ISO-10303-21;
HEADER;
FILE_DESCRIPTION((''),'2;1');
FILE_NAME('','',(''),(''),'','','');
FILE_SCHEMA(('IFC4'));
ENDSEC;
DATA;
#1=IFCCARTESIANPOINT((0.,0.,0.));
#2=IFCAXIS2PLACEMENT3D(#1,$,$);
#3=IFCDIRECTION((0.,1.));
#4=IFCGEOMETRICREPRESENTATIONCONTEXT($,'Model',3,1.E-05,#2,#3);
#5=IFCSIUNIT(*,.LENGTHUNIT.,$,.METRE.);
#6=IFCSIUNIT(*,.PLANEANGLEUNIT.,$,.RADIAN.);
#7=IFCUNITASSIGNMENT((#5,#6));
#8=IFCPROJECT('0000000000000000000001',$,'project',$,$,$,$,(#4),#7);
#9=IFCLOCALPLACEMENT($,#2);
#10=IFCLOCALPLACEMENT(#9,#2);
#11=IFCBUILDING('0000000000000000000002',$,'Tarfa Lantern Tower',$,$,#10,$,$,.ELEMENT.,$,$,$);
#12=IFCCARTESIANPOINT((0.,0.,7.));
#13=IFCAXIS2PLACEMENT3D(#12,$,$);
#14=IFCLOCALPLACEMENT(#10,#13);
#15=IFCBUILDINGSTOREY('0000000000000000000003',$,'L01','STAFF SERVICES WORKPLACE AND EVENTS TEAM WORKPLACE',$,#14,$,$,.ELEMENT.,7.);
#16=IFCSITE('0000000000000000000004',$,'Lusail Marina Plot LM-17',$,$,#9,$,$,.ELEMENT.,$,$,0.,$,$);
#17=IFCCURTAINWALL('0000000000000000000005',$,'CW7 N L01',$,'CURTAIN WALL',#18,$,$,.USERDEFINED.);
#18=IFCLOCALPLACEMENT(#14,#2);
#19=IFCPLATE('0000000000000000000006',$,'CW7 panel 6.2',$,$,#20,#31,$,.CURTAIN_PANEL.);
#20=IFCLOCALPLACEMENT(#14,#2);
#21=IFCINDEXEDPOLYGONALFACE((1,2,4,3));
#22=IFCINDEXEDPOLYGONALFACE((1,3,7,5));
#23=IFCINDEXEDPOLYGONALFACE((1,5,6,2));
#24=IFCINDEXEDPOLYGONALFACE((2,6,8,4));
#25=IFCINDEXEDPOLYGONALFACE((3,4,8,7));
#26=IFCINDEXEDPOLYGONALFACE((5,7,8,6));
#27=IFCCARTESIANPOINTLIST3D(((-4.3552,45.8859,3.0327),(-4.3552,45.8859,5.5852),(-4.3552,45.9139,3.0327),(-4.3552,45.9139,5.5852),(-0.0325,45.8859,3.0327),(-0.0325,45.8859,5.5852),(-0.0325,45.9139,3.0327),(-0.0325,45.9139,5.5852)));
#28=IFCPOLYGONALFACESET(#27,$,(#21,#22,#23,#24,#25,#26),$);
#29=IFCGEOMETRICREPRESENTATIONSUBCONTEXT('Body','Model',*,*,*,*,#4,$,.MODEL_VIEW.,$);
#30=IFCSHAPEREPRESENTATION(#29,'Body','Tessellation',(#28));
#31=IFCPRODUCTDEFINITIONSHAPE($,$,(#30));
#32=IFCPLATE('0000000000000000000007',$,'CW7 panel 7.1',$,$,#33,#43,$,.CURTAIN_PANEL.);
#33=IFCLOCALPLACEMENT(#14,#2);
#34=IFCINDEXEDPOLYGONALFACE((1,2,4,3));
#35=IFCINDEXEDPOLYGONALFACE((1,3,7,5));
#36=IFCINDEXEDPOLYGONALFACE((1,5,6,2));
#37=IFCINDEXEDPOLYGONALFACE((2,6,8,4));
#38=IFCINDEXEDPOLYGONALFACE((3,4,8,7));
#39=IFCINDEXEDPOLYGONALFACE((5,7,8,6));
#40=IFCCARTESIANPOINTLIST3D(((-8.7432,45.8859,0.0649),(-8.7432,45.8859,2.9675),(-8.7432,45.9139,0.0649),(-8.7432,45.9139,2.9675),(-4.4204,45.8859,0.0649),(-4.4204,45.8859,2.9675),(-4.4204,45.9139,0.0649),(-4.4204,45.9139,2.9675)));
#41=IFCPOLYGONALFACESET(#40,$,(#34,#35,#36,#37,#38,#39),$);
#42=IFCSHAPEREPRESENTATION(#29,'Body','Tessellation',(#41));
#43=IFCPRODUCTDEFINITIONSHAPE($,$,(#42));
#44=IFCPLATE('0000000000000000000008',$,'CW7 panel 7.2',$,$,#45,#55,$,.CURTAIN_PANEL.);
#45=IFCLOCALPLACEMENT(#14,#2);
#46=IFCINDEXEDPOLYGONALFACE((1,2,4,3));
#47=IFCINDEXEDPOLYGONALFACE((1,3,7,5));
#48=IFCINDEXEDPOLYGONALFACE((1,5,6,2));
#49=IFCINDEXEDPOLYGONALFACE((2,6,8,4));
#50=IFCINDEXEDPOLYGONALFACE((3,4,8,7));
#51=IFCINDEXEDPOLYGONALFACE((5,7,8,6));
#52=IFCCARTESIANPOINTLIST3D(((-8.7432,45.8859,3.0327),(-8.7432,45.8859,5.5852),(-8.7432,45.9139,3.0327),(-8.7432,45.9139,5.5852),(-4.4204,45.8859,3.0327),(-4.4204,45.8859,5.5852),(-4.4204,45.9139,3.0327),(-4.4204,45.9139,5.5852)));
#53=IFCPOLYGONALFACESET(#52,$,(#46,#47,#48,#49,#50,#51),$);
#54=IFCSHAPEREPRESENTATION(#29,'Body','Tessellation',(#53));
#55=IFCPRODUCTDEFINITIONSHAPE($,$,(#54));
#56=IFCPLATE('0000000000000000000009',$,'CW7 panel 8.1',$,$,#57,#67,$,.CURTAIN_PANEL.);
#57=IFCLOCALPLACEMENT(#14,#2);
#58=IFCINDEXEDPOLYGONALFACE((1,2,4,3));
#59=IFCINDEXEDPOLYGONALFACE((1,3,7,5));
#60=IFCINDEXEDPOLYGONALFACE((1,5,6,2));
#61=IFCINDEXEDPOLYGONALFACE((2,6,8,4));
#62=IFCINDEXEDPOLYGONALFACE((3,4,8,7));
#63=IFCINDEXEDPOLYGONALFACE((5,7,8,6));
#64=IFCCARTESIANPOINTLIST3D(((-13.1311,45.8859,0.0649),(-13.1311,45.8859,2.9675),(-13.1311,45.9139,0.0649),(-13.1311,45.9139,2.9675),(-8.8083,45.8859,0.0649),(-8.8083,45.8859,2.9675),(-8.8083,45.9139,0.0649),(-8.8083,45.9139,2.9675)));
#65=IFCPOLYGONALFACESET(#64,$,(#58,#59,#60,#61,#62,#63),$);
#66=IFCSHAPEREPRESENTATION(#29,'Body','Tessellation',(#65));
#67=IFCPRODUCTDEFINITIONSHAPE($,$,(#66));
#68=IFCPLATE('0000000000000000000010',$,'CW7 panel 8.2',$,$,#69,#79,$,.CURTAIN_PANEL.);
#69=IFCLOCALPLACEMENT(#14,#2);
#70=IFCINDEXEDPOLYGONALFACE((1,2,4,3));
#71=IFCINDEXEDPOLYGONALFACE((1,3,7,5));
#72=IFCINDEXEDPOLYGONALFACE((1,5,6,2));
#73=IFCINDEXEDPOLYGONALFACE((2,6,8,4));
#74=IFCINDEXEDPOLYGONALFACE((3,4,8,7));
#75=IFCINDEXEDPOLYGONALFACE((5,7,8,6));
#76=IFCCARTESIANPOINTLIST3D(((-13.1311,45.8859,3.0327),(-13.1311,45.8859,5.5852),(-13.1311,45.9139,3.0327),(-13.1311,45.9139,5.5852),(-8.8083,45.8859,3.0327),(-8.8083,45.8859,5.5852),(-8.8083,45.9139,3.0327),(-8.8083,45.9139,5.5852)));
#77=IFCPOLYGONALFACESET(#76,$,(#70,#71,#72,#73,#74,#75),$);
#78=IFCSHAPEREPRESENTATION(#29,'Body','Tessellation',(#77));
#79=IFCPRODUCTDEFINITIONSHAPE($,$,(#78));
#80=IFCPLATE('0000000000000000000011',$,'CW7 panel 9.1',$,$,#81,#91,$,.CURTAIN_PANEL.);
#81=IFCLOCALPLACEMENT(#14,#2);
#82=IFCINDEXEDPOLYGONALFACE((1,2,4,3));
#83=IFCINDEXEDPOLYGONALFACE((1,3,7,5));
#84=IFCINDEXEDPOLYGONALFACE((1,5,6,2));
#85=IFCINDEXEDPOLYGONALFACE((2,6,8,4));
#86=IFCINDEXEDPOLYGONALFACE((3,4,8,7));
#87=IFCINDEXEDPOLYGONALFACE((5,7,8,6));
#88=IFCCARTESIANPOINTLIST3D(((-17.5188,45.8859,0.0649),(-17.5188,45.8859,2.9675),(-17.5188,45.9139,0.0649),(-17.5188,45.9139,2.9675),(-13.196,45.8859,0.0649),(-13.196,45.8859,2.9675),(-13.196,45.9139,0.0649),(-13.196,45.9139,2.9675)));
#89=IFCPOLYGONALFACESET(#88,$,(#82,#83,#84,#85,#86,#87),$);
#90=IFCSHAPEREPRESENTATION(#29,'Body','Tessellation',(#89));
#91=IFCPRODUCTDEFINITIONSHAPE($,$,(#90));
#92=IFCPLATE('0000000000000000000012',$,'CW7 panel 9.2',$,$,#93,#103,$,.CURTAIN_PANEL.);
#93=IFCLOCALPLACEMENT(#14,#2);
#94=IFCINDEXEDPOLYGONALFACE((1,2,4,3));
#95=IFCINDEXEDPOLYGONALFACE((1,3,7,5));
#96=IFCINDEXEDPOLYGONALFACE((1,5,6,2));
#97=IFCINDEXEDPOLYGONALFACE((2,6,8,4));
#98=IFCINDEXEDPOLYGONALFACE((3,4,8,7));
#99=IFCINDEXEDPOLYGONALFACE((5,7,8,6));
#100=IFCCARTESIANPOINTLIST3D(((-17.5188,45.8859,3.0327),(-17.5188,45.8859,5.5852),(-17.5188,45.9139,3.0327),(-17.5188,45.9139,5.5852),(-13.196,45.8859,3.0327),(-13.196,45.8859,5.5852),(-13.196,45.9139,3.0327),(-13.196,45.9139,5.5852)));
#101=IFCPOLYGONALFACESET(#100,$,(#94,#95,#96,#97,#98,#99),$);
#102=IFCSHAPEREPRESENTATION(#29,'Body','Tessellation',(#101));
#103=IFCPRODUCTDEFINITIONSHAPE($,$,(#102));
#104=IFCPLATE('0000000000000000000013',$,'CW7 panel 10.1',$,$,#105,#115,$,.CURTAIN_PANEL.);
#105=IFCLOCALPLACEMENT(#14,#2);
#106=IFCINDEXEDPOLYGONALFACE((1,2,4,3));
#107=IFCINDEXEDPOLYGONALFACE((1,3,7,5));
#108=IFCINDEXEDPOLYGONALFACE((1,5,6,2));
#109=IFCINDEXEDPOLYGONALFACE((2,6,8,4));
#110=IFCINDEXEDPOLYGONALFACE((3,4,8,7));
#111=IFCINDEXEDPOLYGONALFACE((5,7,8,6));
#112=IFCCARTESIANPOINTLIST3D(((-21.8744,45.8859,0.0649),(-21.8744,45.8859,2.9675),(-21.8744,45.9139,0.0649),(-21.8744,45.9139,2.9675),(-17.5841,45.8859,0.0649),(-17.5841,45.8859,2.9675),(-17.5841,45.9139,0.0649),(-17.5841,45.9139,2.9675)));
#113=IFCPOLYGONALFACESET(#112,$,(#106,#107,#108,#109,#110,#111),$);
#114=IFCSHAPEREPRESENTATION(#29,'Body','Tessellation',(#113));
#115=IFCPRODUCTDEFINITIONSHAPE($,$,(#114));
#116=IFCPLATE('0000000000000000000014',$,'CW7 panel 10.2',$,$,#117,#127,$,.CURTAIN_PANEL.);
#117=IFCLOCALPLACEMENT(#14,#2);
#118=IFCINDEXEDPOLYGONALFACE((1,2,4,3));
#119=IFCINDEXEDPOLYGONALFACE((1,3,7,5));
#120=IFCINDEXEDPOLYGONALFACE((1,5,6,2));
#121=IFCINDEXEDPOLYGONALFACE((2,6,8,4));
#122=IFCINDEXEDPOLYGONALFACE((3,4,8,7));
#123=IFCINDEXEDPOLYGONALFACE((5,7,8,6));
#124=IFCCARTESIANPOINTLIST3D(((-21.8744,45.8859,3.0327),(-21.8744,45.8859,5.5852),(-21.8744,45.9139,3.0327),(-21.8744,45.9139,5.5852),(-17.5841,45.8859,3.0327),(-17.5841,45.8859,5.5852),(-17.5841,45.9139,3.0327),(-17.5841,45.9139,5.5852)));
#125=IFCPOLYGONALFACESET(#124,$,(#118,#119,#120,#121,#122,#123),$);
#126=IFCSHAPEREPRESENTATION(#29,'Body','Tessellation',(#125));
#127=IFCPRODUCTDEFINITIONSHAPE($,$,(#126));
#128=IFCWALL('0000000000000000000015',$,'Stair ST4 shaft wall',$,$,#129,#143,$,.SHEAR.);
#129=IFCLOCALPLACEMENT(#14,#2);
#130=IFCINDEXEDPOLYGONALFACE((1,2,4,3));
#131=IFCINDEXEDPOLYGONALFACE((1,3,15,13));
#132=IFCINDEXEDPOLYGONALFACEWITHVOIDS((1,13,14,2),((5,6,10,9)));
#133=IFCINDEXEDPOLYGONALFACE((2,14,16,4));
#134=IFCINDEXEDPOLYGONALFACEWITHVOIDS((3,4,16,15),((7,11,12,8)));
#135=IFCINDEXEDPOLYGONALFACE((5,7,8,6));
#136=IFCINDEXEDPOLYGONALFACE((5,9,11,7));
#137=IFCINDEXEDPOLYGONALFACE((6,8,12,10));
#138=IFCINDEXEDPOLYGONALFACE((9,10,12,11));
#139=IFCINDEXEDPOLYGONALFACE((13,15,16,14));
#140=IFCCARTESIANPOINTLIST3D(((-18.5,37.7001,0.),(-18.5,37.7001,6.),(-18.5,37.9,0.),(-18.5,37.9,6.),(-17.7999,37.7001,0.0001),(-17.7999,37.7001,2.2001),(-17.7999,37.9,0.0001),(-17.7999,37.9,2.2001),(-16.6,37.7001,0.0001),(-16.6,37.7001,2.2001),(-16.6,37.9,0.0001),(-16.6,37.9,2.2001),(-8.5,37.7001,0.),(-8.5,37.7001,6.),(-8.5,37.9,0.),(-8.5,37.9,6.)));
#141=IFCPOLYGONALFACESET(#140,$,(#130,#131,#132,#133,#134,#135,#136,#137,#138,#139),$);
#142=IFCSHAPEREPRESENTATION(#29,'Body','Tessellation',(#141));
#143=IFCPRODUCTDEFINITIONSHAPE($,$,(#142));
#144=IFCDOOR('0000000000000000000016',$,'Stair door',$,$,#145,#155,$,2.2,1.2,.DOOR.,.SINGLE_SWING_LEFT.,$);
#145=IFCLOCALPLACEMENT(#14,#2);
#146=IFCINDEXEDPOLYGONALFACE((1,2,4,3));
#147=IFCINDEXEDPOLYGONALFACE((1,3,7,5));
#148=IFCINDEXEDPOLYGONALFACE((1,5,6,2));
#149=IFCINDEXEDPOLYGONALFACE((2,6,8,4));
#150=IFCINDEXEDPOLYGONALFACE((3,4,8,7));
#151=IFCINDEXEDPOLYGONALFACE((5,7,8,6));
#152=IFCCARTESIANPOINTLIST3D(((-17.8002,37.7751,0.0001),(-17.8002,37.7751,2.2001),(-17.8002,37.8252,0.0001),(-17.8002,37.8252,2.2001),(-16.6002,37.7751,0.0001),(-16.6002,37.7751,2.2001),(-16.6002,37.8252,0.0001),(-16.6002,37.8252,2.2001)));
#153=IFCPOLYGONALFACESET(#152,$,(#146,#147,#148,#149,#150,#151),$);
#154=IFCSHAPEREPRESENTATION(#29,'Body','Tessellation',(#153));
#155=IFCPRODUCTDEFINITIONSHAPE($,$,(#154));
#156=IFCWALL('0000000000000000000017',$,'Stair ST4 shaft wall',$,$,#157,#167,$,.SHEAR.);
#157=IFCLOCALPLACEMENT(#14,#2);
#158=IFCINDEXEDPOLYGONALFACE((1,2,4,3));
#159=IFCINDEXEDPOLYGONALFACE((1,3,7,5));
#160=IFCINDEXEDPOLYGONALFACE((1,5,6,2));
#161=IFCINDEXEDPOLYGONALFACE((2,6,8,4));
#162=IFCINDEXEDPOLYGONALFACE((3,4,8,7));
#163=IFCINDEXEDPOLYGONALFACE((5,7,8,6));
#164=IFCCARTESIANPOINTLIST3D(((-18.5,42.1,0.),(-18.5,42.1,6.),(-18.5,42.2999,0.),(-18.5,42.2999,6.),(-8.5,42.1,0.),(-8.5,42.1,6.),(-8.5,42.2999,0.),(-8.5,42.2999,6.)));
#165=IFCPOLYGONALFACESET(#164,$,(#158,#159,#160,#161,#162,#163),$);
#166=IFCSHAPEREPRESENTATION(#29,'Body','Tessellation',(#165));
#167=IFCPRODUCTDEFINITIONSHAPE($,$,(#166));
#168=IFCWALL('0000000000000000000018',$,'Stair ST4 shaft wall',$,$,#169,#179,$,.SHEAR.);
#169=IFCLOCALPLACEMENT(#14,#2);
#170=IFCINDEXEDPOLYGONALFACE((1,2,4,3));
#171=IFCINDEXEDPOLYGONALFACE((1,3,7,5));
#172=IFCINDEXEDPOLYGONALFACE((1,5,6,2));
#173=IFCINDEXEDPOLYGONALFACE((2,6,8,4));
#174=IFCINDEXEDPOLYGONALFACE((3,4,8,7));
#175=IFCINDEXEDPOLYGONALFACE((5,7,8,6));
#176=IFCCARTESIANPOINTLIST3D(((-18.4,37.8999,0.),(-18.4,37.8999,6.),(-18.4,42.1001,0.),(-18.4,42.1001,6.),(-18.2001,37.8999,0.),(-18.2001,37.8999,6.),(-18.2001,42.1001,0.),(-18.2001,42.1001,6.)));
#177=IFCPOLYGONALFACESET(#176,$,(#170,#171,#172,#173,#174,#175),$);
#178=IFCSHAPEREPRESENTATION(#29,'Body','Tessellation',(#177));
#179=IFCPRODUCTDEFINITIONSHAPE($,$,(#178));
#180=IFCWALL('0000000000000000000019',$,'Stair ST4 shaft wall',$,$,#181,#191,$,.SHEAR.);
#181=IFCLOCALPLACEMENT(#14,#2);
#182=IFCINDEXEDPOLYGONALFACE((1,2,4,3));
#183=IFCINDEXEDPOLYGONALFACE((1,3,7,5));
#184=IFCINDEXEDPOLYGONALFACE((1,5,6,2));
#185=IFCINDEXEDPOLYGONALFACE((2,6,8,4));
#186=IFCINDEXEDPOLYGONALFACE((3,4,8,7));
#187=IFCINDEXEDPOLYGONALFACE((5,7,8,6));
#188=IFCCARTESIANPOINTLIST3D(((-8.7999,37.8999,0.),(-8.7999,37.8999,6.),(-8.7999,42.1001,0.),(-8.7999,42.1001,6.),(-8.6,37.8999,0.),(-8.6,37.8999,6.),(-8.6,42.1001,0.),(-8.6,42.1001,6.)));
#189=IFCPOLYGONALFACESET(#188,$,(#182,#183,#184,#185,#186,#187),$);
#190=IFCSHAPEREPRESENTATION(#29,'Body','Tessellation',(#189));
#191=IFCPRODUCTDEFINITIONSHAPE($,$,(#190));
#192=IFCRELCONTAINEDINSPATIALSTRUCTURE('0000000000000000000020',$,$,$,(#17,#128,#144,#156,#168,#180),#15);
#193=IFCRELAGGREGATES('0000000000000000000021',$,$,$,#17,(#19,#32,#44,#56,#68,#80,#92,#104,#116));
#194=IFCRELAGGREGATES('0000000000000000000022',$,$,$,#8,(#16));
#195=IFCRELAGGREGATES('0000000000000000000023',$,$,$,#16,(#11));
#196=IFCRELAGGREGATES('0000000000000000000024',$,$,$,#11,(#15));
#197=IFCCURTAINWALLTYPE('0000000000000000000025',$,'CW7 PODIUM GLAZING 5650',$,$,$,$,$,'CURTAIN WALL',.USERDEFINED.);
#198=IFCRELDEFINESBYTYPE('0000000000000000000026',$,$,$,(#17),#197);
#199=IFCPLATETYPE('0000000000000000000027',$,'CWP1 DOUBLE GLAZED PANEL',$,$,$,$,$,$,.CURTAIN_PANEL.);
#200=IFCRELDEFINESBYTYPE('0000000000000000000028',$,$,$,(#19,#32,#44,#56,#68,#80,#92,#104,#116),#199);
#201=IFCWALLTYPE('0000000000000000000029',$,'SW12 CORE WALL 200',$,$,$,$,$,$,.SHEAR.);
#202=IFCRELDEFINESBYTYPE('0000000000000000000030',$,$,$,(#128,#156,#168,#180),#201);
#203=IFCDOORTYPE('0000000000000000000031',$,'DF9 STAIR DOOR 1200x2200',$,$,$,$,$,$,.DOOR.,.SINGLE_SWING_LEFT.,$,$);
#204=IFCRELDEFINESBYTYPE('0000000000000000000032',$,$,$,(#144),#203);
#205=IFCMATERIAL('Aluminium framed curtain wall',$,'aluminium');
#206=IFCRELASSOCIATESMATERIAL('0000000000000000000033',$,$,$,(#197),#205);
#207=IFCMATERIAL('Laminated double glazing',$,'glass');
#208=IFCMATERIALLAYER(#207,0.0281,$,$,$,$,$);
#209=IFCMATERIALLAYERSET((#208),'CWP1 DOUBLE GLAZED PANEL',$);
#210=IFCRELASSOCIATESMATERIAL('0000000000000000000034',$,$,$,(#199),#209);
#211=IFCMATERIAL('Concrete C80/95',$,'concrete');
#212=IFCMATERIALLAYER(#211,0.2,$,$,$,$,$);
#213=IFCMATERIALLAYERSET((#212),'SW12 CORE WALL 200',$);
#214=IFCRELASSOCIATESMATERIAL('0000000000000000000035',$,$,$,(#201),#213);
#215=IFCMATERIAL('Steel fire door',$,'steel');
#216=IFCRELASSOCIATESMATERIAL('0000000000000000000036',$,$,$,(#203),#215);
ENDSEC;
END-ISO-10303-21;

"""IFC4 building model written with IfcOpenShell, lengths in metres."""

from ifc_helpers import new_model, si_unit, direction, frame, frame_2d, origin, origin_2d, place, context, subcontext, project, spatial, rectangle, extrude, material, layer, layer_set, type_object, element, fill, aggregate, save


model = new_model("IFC4")

# Units and contexts
model_context = context("Model", 3, precision=1e-05, world=origin(), true_north=direction((0.0, 1.0)))
body_context = subcontext(model_context, "Body", "Model", "MODEL_VIEW")
ifc_project = project(units=[si_unit("LENGTHUNIT", "METRE"), si_unit("PLANEANGLEUNIT", "RADIAN")], contexts=[model_context])

# Site, building, storey
site_placement = place(None, origin())
site = spatial("IfcSite", under=ifc_project, at=site_placement, Name="Lusail Marina Plot LM-17", CompositionType="ELEMENT", RefElevation=0.0)
building_placement = place(site_placement, origin())
building = spatial("IfcBuilding", under=site, at=building_placement, Name="Tarfa Lantern Tower", CompositionType="ELEMENT")
storey_placement = place(building_placement, frame((0.0, 0.0, 7.0)))
storey = spatial("IfcBuildingStorey", under=building, at=storey_placement, Name="L01", Description="STAFF SERVICES WORKPLACE AND EVENTS TEAM WORKPLACE", CompositionType="ELEMENT", Elevation=7.0)

# Shared definitions
ifc_material_1 = material(Name="Concrete C80/95", Category="concrete")

# Curtain wall
ifc_material_2 = material(Name="Aluminium framed curtain wall", Category="aluminium")
curtain_wall_type = type_object("IfcCurtainWallType", Name="CW7 PODIUM GLAZING 5650", ElementType="CURTAIN WALL", PredefinedType="USERDEFINED", material=ifc_material_2)
curtain_wall_placement = place(storey_placement, origin())
curtain_wall = element("IfcCurtainWall", 1, at=curtain_wall_placement, inside=storey, type_object=curtain_wall_type, Name="CW7 N L01", ObjectType="CURTAIN WALL", PredefinedType="USERDEFINED")

# Plates
ifc_material_3 = material(Name="Laminated double glazing", Category="glass")
ifc_layer_1 = layer(ifc_material_3, 0.0281)
ifc_layer_set_1 = layer_set([ifc_layer_1], Name="CWP1 DOUBLE GLAZED PANEL")
plate_type = type_object("IfcPlateType", Name="CWP1 DOUBLE GLAZED PANEL", PredefinedType="CURTAIN_PANEL", material=ifc_layer_set_1)
plate_1_placement = place(storey_placement, frame((-2.1938, 45.8999, 3.0327), z_axis=(0.0, 0.0, 1.0), x_axis=(-1.0, 0.0, 0.0)))
plate_1 = element("IfcPlate", 2, at=plate_1_placement, type_object=plate_type, Name="CW7 panel 6.2", PredefinedType="CURTAIN_PANEL", context=body_context, shape_type="SweptSolid", body=[
    extrude(rectangle(XDim=4.3228, YDim=0.0281, at=origin_2d()), origin(), (0.0, 0.0, 1.0), 2.5525),
])
plate_2_placement = place(storey_placement, frame((-6.5818, 45.8999, 0.0649), z_axis=(0.0, 0.0, 1.0), x_axis=(-1.0, 0.0, 0.0)))
plate_2 = element("IfcPlate", 3, at=plate_2_placement, type_object=plate_type, Name="CW7 panel 7.1", PredefinedType="CURTAIN_PANEL", context=body_context, shape_type="SweptSolid", body=[
    extrude(rectangle(XDim=4.3228, YDim=0.0281, at=origin_2d()), origin(), (0.0, 0.0, 1.0), 2.9026),
])
plate_3_placement = place(storey_placement, frame((-6.5818, 45.8999, 3.0327), z_axis=(0.0, 0.0, 1.0), x_axis=(-1.0, 0.0, 0.0)))
plate_3 = element("IfcPlate", 4, at=plate_3_placement, type_object=plate_type, Name="CW7 panel 7.2", PredefinedType="CURTAIN_PANEL", context=body_context, shape_type="SweptSolid", body=[
    extrude(rectangle(XDim=4.3228, YDim=0.0281, at=origin_2d()), origin(), (0.0, 0.0, 1.0), 2.5525),
])
plate_4_placement = place(storey_placement, frame((-10.9697, 45.8999, 0.0649), z_axis=(0.0, 0.0, 1.0), x_axis=(-1.0, 0.0, 0.0)))
plate_4 = element("IfcPlate", 5, at=plate_4_placement, type_object=plate_type, Name="CW7 panel 8.1", PredefinedType="CURTAIN_PANEL", context=body_context, shape_type="SweptSolid", body=[
    extrude(rectangle(XDim=4.3228, YDim=0.0281, at=origin_2d()), origin(), (0.0, 0.0, 1.0), 2.9026),
])
plate_5_placement = place(storey_placement, frame((-10.9697, 45.8999, 3.0327), z_axis=(0.0, 0.0, 1.0), x_axis=(-1.0, 0.0, 0.0)))
plate_5 = element("IfcPlate", 6, at=plate_5_placement, type_object=plate_type, Name="CW7 panel 8.2", PredefinedType="CURTAIN_PANEL", context=body_context, shape_type="SweptSolid", body=[
    extrude(rectangle(XDim=4.3228, YDim=0.0281, at=origin_2d()), origin(), (0.0, 0.0, 1.0), 2.5525),
])
plate_6_placement = place(storey_placement, frame((-15.3574, 45.8999, 0.0649), z_axis=(0.0, 0.0, 1.0), x_axis=(-1.0, 0.0, 0.0)))
plate_6 = element("IfcPlate", 7, at=plate_6_placement, type_object=plate_type, Name="CW7 panel 9.1", PredefinedType="CURTAIN_PANEL", context=body_context, shape_type="SweptSolid", body=[
    extrude(rectangle(XDim=4.3228, YDim=0.0281, at=origin_2d()), origin(), (0.0, 0.0, 1.0), 2.9026),
])
plate_7_placement = place(storey_placement, frame((-15.3574, 45.8999, 3.0327), z_axis=(0.0, 0.0, 1.0), x_axis=(-1.0, 0.0, 0.0)))
plate_7 = element("IfcPlate", 8, at=plate_7_placement, type_object=plate_type, Name="CW7 panel 9.2", PredefinedType="CURTAIN_PANEL", context=body_context, shape_type="SweptSolid", body=[
    extrude(rectangle(XDim=4.3228, YDim=0.0281, at=origin_2d()), origin(), (0.0, 0.0, 1.0), 2.5525),
])
plate_8_placement = place(storey_placement, frame((-19.7292, 45.8999, 0.0649), z_axis=(0.0, 0.0, 1.0), x_axis=(-1.0, 0.0, 0.0)))
plate_8 = element("IfcPlate", 9, at=plate_8_placement, type_object=plate_type, Name="CW7 panel 10.1", PredefinedType="CURTAIN_PANEL", context=body_context, shape_type="SweptSolid", body=[
    extrude(rectangle(XDim=4.2903, YDim=0.0281, at=origin_2d()), origin(), (0.0, 0.0, 1.0), 2.9026),
])
plate_9_placement = place(storey_placement, frame((-19.7292, 45.8999, 3.0327), z_axis=(0.0, 0.0, 1.0), x_axis=(-1.0, 0.0, 0.0)))
plate_9 = element("IfcPlate", 10, at=plate_9_placement, type_object=plate_type, Name="CW7 panel 10.2", PredefinedType="CURTAIN_PANEL", context=body_context, shape_type="SweptSolid", body=[
    extrude(rectangle(XDim=4.2903, YDim=0.0281, at=origin_2d()), origin(), (0.0, 0.0, 1.0), 2.5525),
])
aggregate(curtain_wall, [plate_1, plate_2, plate_3, plate_4, plate_5, plate_6, plate_7, plate_8, plate_9])

# Wall, opening, door
ifc_layer_2 = layer(ifc_material_1, 0.2)
ifc_layer_set_2 = layer_set([ifc_layer_2], Name="SW12 CORE WALL 200")
wall_type = type_object("IfcWallType", Name="SW12 CORE WALL 200", PredefinedType="SHEAR", material=ifc_layer_set_2)
wall_1_placement = place(storey_placement, frame((-18.5, 37.8, 0.0), z_axis=(0.0, 0.0, 1.0), x_axis=(1.0, 0.0, 0.0)))
wall_1 = element("IfcWall", 11, at=wall_1_placement, inside=storey, type_object=wall_type, Name="Stair ST4 shaft wall", PredefinedType="SHEAR", context=body_context, shape_type="SweptSolid", body=[
    extrude(rectangle(XDim=10.0, YDim=0.2, at=frame_2d((5.0, 0.0))), origin(), (0.0, 0.0, 1.0), 6.0),
])
opening_placement = place(wall_1_placement, frame((0.7, 0.0, 0.0)))
opening = element("IfcOpeningElement", 12, at=opening_placement, cuts=wall_1, PredefinedType="OPENING", context=body_context, shape_type="SweptSolid", body=[
    extrude(rectangle(XDim=1.2, YDim=2.2, at=frame_2d((0.6001, 1.1001))), frame((0.0, 0.1099, 0.0), z_axis=(0.0, -1.0, 0.0), x_axis=(1.0, 0.0, 0.0)), (0.0, 0.0, 1.0), 0.22),
])
ifc_material_4 = material(Name="Steel fire door", Category="steel")
door_type = type_object("IfcDoorType", Name="DF9 STAIR DOOR 1200x2200", OperationType="SINGLE_SWING_LEFT", PredefinedType="DOOR", material=ifc_material_4)
door_placement = place(opening_placement, frame((1.2, 0.0, 0.0), z_axis=(0.0, 0.0, 1.0), x_axis=(-1.0, 0.0, 0.0)))
door = element("IfcDoor", 13, at=door_placement, inside=storey, type_object=door_type, Name="Stair door", OperationType="SINGLE_SWING_LEFT", OverallHeight=2.2, OverallWidth=1.2, PredefinedType="DOOR", context=body_context, shape_type="SweptSolid", body=[
    extrude(rectangle(XDim=1.2, YDim=2.2, at=frame_2d((0.6001, 1.1001))), frame((0.0, 0.0249, 0.0), z_axis=(0.0, -1.0, 0.0), x_axis=(1.0, 0.0, 0.0)), (0.0, 0.0, 1.0), 0.05),
])
fill(opening, door)

# Walls
wall_2_placement = place(storey_placement, frame((-8.5, 42.2, 0.0), z_axis=(0.0, 0.0, 1.0), x_axis=(-1.0, 0.0, 0.0)))
element("IfcWall", 14, at=wall_2_placement, inside=storey, type_object=wall_type, Name="Stair ST4 shaft wall", PredefinedType="SHEAR", context=body_context, shape_type="SweptSolid", body=[
    extrude(rectangle(XDim=10.0, YDim=0.2, at=frame_2d((5.0, 0.0))), origin(), (0.0, 0.0, 1.0), 6.0),
])
for number, where, z_axis, x_axis, name in (
    (15, (-18.3, 42.1001, 0.0), (0.0, 0.0, 1.0), (0.0, -1.0, 0.0), "Stair ST4 shaft wall"),
    (16, (-8.7, 37.8999, 0.0), (0.0, 0.0, 1.0), (0.0, 1.0, 0.0), "Stair ST4 shaft wall"),
):
    element("IfcWall", number, at=place(storey_placement, frame(where, z_axis=z_axis, x_axis=x_axis)), inside=storey, type_object=wall_type, Name=name, PredefinedType="SHEAR", context=body_context, shape_type="SweptSolid", body=[
        extrude(rectangle(XDim=4.2002, YDim=0.2, at=frame_2d((2.1001, 0.0))), origin(), (0.0, 0.0, 1.0), 6.0),
    ])

save(model, "model.ifc")
